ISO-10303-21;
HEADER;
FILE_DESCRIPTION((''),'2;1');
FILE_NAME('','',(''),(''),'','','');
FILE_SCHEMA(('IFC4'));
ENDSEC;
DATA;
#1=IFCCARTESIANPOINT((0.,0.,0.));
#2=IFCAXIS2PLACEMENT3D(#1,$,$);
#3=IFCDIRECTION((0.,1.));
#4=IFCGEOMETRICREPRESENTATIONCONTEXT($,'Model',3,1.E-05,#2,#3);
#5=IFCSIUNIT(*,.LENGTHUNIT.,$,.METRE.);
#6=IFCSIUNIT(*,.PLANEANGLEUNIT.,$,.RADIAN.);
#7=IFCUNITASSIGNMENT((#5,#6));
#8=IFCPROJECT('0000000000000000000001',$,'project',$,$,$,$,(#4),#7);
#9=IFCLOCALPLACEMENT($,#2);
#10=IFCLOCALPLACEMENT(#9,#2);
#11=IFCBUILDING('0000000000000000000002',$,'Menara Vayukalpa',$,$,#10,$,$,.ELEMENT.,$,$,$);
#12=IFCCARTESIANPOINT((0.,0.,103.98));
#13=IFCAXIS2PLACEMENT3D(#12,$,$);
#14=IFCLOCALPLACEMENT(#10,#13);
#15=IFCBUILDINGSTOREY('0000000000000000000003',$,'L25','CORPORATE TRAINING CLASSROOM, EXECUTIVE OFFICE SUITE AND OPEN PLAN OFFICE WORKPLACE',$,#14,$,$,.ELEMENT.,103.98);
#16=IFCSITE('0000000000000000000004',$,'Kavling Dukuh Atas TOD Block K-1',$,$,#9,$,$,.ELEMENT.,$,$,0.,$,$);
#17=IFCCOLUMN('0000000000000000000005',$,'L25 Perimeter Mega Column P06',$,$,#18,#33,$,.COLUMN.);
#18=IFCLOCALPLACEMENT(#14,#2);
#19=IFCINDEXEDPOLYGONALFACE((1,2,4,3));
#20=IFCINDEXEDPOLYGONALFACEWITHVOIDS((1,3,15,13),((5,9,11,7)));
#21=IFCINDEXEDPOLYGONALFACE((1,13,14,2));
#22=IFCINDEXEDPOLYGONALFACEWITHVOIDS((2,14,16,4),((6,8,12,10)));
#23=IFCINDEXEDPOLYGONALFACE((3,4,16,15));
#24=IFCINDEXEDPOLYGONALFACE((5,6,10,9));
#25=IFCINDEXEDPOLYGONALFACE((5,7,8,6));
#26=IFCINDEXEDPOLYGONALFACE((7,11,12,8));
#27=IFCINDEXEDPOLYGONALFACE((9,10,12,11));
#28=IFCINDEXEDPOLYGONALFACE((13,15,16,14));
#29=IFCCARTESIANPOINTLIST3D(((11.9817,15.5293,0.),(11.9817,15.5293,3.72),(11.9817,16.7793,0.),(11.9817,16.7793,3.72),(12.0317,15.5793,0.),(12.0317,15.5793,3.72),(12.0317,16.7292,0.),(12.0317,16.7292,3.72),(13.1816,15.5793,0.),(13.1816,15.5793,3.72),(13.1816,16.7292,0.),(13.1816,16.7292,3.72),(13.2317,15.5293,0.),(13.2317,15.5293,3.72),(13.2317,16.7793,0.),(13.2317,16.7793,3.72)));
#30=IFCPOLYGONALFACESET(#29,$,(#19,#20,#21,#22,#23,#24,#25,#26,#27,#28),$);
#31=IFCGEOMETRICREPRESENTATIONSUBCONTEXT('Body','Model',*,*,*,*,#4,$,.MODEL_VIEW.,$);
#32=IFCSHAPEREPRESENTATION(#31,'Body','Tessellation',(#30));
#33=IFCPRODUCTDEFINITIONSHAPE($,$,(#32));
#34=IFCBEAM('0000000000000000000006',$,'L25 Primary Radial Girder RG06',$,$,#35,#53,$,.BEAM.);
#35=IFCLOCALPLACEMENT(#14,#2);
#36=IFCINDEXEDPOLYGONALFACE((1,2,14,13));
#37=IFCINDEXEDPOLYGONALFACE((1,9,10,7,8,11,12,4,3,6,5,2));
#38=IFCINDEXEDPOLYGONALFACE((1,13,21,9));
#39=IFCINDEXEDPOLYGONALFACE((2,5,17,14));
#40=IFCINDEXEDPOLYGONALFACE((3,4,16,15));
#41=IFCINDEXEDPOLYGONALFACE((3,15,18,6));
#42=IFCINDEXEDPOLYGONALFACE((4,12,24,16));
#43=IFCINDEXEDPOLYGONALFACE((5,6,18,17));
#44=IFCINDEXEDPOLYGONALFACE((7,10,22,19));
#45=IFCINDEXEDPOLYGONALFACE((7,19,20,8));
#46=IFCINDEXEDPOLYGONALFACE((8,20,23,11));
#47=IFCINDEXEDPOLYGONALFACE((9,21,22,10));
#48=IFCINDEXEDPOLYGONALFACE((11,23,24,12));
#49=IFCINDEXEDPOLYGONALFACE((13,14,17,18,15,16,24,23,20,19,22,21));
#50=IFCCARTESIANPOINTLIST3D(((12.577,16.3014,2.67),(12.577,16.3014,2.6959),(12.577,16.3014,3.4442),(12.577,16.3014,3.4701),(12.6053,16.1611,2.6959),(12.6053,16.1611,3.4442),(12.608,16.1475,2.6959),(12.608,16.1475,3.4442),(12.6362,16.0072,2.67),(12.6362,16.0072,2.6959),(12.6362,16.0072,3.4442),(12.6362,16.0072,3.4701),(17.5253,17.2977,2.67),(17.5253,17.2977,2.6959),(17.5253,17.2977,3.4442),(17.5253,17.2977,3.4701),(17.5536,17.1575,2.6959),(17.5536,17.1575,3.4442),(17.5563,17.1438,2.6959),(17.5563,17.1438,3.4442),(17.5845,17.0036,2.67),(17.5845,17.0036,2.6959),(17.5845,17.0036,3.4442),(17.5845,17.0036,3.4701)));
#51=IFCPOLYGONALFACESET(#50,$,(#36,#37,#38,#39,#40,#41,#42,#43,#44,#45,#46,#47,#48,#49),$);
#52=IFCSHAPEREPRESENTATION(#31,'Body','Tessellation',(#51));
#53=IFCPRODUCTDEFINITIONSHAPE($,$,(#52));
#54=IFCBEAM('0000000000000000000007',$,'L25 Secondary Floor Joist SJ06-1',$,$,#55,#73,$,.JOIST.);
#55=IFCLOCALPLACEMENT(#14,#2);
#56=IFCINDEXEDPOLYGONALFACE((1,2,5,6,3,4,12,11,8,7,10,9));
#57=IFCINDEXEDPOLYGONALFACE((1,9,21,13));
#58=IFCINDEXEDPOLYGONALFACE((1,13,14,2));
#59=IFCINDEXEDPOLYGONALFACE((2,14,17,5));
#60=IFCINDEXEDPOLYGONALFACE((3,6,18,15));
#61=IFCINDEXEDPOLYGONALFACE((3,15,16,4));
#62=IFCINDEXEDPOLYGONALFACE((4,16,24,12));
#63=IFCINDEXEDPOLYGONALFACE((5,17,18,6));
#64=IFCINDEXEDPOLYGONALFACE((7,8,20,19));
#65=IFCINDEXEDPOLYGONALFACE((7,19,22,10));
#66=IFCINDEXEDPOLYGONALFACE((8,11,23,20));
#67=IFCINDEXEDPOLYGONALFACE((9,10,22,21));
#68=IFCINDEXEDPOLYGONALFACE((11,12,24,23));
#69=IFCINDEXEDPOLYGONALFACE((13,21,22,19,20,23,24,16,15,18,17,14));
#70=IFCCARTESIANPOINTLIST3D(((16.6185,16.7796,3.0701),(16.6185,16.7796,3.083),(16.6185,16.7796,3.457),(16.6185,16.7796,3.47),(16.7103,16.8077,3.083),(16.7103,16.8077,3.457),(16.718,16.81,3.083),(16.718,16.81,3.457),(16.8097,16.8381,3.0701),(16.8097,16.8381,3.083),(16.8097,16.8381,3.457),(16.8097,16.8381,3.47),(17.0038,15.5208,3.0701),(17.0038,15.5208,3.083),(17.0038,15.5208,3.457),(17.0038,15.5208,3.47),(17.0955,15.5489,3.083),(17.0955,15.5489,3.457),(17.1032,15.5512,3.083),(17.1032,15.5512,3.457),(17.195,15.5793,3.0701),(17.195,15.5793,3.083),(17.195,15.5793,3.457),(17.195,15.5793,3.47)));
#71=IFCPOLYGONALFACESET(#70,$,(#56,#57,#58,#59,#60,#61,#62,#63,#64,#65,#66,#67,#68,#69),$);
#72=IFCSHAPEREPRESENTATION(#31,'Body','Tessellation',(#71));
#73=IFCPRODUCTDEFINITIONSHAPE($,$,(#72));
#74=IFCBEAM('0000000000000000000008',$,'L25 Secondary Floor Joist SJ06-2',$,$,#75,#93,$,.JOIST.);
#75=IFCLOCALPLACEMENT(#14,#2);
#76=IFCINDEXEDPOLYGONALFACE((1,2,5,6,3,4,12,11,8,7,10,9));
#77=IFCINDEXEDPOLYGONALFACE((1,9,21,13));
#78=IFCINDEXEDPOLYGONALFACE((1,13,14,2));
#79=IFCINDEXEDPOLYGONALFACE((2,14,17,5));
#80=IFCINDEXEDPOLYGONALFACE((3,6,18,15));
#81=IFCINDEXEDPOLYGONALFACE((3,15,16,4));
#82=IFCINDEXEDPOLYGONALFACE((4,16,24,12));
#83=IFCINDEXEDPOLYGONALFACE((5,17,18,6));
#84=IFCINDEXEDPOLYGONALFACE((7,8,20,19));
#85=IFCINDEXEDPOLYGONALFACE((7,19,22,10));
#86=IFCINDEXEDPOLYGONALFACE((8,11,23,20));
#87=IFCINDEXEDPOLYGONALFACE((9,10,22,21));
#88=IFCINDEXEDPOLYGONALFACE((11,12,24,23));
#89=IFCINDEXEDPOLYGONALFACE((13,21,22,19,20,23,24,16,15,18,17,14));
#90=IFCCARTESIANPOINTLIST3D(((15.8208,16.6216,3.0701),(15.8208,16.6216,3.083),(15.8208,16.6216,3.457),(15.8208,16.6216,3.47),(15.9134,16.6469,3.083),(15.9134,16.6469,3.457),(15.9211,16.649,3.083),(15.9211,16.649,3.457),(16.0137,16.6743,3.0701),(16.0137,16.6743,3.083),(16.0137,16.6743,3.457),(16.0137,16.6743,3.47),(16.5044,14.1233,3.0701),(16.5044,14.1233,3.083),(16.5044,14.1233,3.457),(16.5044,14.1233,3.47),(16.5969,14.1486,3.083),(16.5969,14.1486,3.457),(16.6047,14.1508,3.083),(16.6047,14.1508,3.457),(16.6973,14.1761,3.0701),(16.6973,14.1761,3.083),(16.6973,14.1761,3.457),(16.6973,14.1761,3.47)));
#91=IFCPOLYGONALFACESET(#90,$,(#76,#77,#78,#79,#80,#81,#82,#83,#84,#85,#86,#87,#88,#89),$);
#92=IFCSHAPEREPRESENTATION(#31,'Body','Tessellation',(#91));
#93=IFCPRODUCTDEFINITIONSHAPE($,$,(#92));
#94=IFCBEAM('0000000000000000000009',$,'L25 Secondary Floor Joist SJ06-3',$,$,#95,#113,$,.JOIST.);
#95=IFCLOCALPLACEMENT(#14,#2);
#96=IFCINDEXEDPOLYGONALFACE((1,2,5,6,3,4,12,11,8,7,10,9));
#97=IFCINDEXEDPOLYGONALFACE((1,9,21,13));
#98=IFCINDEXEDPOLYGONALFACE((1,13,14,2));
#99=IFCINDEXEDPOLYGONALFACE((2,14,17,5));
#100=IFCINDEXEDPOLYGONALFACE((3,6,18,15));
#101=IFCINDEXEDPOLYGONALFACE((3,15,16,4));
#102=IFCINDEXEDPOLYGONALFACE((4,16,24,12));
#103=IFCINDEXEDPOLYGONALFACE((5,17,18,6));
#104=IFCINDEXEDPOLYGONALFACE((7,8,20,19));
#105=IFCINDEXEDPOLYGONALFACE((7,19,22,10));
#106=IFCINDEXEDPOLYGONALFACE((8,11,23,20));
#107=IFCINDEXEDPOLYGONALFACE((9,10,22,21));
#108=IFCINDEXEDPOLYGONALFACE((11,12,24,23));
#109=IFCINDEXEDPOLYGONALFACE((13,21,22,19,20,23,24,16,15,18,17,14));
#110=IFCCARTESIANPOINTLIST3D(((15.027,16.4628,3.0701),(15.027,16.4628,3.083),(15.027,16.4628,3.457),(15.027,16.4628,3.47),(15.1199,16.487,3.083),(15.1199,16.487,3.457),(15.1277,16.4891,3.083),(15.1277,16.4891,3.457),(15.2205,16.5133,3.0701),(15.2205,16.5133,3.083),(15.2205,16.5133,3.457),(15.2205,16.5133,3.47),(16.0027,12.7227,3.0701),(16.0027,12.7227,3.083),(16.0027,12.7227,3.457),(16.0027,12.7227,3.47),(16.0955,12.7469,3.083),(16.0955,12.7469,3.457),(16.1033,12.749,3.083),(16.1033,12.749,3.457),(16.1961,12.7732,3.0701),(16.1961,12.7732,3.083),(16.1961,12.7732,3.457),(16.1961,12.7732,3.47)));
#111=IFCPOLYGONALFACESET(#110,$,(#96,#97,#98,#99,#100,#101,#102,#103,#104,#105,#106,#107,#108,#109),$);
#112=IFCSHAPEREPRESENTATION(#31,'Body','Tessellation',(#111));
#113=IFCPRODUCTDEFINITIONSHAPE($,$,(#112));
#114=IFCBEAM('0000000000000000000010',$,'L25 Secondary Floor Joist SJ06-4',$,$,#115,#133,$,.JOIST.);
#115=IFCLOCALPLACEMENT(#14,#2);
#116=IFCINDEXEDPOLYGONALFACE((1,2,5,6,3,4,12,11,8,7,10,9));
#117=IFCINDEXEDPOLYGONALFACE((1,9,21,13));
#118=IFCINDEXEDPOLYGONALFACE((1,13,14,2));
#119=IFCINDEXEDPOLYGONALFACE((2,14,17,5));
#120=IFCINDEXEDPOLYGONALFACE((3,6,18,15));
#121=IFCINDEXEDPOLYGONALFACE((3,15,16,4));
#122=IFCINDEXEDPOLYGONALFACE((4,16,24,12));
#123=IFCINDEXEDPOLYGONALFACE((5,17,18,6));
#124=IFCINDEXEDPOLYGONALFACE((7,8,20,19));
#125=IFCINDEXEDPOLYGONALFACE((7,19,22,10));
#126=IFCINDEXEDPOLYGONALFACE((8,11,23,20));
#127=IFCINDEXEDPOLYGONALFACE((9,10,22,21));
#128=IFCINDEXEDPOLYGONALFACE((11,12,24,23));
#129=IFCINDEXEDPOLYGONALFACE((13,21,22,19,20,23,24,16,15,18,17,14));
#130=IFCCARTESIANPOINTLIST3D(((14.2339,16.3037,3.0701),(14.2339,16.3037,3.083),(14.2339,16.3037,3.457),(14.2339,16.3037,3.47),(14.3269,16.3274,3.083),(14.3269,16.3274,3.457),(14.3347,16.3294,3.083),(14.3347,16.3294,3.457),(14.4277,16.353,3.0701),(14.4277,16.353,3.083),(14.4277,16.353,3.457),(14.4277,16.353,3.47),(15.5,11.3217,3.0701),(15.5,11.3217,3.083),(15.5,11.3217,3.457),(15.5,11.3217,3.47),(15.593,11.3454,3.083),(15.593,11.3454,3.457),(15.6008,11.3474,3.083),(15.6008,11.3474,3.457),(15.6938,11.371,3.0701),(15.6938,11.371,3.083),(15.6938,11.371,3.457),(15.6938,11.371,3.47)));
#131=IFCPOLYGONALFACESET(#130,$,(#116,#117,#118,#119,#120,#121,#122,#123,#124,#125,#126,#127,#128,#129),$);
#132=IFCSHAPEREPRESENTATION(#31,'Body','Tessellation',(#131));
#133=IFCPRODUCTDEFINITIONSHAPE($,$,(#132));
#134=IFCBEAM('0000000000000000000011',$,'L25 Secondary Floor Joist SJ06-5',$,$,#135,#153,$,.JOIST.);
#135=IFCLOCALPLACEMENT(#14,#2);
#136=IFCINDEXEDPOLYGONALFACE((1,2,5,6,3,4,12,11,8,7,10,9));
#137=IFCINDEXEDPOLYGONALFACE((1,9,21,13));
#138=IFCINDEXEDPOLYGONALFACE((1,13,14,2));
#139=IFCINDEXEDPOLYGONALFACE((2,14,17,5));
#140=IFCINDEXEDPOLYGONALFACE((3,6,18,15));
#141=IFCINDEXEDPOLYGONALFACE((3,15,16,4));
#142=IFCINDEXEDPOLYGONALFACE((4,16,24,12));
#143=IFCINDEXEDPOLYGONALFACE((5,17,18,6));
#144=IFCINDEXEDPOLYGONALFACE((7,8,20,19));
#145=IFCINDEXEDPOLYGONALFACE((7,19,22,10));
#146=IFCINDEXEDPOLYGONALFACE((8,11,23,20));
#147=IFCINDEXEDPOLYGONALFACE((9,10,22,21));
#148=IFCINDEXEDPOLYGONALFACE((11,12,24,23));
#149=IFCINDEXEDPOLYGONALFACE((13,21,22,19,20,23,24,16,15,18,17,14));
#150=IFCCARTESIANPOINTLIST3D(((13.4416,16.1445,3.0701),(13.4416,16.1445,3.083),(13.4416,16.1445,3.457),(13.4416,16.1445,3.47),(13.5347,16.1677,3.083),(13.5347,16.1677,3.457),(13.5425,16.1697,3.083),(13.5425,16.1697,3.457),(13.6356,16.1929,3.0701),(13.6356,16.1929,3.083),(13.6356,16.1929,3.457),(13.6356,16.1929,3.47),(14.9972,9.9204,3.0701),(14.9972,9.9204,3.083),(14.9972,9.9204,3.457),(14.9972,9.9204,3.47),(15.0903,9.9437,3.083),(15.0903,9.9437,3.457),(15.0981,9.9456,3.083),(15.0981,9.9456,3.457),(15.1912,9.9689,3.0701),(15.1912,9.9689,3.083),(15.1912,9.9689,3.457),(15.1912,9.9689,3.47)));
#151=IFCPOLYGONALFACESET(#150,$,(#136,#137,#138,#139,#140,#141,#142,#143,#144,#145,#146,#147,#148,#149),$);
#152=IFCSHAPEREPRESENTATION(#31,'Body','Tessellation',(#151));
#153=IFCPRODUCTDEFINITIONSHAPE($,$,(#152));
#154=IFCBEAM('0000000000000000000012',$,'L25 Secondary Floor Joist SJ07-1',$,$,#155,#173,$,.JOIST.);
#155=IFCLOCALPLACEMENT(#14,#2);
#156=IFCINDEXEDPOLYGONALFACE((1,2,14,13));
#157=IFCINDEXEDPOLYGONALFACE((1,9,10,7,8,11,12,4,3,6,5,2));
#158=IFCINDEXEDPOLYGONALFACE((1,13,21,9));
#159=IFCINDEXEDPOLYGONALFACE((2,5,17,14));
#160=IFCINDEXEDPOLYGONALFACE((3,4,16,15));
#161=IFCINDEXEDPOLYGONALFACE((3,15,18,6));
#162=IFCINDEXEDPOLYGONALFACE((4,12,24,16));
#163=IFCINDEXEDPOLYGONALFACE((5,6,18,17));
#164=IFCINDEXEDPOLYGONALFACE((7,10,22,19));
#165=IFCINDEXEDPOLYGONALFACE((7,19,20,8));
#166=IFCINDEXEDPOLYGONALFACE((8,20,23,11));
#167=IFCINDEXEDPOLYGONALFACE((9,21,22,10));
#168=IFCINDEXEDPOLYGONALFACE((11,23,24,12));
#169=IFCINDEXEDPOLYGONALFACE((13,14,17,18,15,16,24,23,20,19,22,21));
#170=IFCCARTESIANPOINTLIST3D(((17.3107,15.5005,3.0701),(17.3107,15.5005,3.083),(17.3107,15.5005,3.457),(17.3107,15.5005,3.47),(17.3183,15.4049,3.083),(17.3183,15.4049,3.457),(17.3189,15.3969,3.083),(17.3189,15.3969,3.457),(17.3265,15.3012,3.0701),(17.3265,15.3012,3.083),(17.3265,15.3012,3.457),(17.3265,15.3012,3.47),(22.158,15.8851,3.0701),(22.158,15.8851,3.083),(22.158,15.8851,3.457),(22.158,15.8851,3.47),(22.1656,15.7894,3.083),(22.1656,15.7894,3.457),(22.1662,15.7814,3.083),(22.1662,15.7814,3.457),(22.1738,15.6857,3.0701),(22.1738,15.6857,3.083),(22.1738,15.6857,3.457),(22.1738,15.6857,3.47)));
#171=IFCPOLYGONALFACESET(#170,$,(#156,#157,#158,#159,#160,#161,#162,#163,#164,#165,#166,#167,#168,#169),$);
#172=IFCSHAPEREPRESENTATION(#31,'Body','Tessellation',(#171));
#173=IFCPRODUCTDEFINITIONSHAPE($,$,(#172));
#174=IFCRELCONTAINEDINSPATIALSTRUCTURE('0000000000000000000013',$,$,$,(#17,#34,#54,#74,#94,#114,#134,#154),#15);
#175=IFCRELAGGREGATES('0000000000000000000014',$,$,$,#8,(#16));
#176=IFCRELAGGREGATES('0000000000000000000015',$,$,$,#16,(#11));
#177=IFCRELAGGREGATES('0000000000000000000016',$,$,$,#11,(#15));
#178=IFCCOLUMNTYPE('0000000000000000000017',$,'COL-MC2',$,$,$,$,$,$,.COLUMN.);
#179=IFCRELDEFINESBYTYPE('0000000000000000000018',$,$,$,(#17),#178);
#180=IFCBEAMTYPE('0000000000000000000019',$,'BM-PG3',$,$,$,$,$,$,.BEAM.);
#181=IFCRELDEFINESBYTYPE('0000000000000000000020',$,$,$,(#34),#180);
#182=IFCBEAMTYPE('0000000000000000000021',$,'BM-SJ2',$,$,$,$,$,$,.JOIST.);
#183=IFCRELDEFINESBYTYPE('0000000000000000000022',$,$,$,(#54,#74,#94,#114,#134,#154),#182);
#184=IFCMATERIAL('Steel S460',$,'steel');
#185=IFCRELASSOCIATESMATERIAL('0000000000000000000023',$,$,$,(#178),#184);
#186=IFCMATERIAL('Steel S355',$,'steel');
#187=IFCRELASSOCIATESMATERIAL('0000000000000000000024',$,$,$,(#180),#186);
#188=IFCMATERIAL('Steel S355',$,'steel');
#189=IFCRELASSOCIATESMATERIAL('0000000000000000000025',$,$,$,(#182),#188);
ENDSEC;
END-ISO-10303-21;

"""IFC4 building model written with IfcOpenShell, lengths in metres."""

from ifc_helpers import new_model, si_unit, direction, frame, origin, origin_2d, place, context, subcontext, project, spatial, hollow_rectangle, i_section, extrude, material, material_profile, profile_set, type_object, element, save


model = new_model("IFC4")

# Units and contexts
model_context = context("Model", 3, precision=1e-05, world=origin(), true_north=direction((0.0, 1.0)))
body_context = subcontext(model_context, "Body", "Model", "MODEL_VIEW")
ifc_project = project(units=[si_unit("LENGTHUNIT", "METRE"), si_unit("PLANEANGLEUNIT", "RADIAN")], contexts=[model_context])

# Site, building, storey
site_placement = place(None, origin())
site = spatial("IfcSite", under=ifc_project, at=site_placement, Name="Kavling Dukuh Atas TOD Block K-1", CompositionType="ELEMENT", RefElevation=0.0)
building_placement = place(site_placement, origin())
building = spatial("IfcBuilding", under=site, at=building_placement, Name="Menara Vayukalpa", CompositionType="ELEMENT")
storey_placement = place(building_placement, frame((0.0, 0.0, 103.98)))
storey = spatial("IfcBuildingStorey", under=building, at=storey_placement, Name="L25", Description="CORPORATE TRAINING CLASSROOM, EXECUTIVE OFFICE SUITE AND OPEN PLAN OFFICE WORKPLACE", CompositionType="ELEMENT", Elevation=103.98)

# Column
ifc_material_1 = material(Name="Steel S460", Category="steel")
ifc_material_profile_1 = material_profile(ifc_material_1, hollow_rectangle(XDim=1.25, YDim=1.25, WallThickness=0.05, at=origin_2d()), Name="BOX 1250x1250x50")
ifc_profile_set_1 = profile_set([ifc_material_profile_1], Name="Steel S460")
column_type = type_object("IfcColumnType", Name="COL-MC2", PredefinedType="COLUMN", material=ifc_profile_set_1)
column_placement = place(storey_placement, frame((12.6067, 16.1543, 0.0), z_axis=(0.0, 0.0, 1.0), x_axis=(1.0, 0.0, 0.0)))
element("IfcColumn", 1, at=column_placement, inside=storey, type_object=column_type, Name="L25 Perimeter Mega Column P06", PredefinedType="COLUMN", context=body_context, shape_type="SweptSolid", body=[
    extrude(hollow_rectangle(XDim=1.25, YDim=1.25, WallThickness=0.05, at=origin_2d()), origin(), (0.0, 0.0, 1.0), 3.72),
])

# Beams
ifc_material_2 = material(Name="Steel S355", Category="steel")
ifc_material_profile_2 = material_profile(ifc_material_2, i_section(OverallWidth=0.3, OverallDepth=0.8, WebThickness=0.0139, FlangeThickness=0.0259, at=origin_2d()), Name="WF 800x300x14x26")
ifc_profile_set_2 = profile_set([ifc_material_profile_2], Name="Steel S355")
beam_type_1 = type_object("IfcBeamType", Name="BM-PG3", PredefinedType="BEAM", material=ifc_profile_set_2)
beam_1_placement = place(storey_placement, frame((17.5549, 17.1506, 3.0701), z_axis=(-0.980325, -0.19739, 0.0), x_axis=(0.19739, -0.980325, 0.0)))
element("IfcBeam", 2, at=beam_1_placement, inside=storey, type_object=beam_type_1, Name="L25 Primary Radial Girder RG06", PredefinedType="BEAM", context=body_context, shape_type="SweptSolid", body=[
    extrude(i_section(OverallWidth=0.3, OverallDepth=0.8, WebThickness=0.0139, FlangeThickness=0.0259, at=origin_2d()), origin(), (0.0, 0.0, 1.0), 5.0476),
])
ifc_material_3 = material(Name="Steel S355", Category="steel")
ifc_material_profile_3 = material_profile(ifc_material_3, i_section(OverallWidth=0.2, OverallDepth=0.3999, WebThickness=0.0081, FlangeThickness=0.0129, at=origin_2d()), Name="WF 400x200x8x13")
ifc_profile_set_3 = profile_set([ifc_material_profile_3], Name="Steel S355")
beam_type_2 = type_object("IfcBeamType", Name="BM-SJ2", PredefinedType="JOIST", material=ifc_profile_set_3)
beam_2_placement = place(storey_placement, frame((16.7141, 16.8088, 3.27), z_axis=(0.292652, -0.956219, 0.0), x_axis=(0.956219, 0.292652, 0.0)))
element("IfcBeam", 3, at=beam_2_placement, inside=storey, type_object=beam_type_2, Name="L25 Secondary Floor Joist SJ06-1", PredefinedType="JOIST", context=body_context, shape_type="SweptSolid", body=[
    extrude(i_section(OverallWidth=0.2, OverallDepth=0.3999, WebThickness=0.0081, FlangeThickness=0.0129, at=origin_2d()), origin(), (0.0, 0.0, 1.0), 1.3164),
])
beam_3_placement = place(storey_placement, frame((15.9172, 16.6479, 3.27), z_axis=(0.263923, -0.964544, 0.0), x_axis=(0.964544, 0.263923, 0.0)))
element("IfcBeam", 4, at=beam_3_placement, inside=storey, type_object=beam_type_2, Name="L25 Secondary Floor Joist SJ06-2", PredefinedType="JOIST", context=body_context, shape_type="SweptSolid", body=[
    extrude(i_section(OverallWidth=0.2, OverallDepth=0.3999, WebThickness=0.0081, FlangeThickness=0.0129, at=origin_2d()), origin(), (0.0, 0.0, 1.0), 2.5901),
])
beam_4_placement = place(storey_placement, frame((15.1238, 16.488, 3.27), z_axis=(0.252406, -0.967621, 0.0), x_axis=(0.967621, 0.252406, 0.0)))
element("IfcBeam", 5, at=beam_4_placement, inside=storey, type_object=beam_type_2, Name="L25 Secondary Floor Joist SJ06-3", PredefinedType="JOIST", context=body_context, shape_type="SweptSolid", body=[
    extrude(i_section(OverallWidth=0.2, OverallDepth=0.3999, WebThickness=0.0081, FlangeThickness=0.0129, at=origin_2d()), origin(), (0.0, 0.0, 1.0), 3.8652),
])
beam_5_placement = place(storey_placement, frame((14.3308, 16.3284, 3.27), z_axis=(0.246311, -0.969191, 0.0), x_axis=(0.969191, 0.246311, 0.0)))
element("IfcBeam", 6, at=beam_5_placement, inside=storey, type_object=beam_type_2, Name="L25 Secondary Floor Joist SJ06-4", PredefinedType="JOIST", context=body_context, shape_type="SweptSolid", body=[
    extrude(i_section(OverallWidth=0.2, OverallDepth=0.3999, WebThickness=0.0081, FlangeThickness=0.0129, at=origin_2d()), origin(), (0.0, 0.0, 1.0), 5.1404),
])
beam_6_placement = place(storey_placement, frame((13.5386, 16.1687, 3.27), z_axis=(0.242482, -0.970156, 0.0), x_axis=(0.970156, 0.242482, 0.0)))
element("IfcBeam", 7, at=beam_6_placement, inside=storey, type_object=beam_type_2, Name="L25 Secondary Floor Joist SJ06-5", PredefinedType="JOIST", context=body_context, shape_type="SweptSolid", body=[
    extrude(i_section(OverallWidth=0.2, OverallDepth=0.3999, WebThickness=0.0081, FlangeThickness=0.0129, at=origin_2d()), origin(), (0.0, 0.0, 1.0), 6.4155),
])
beam_7_placement = place(storey_placement, frame((17.3186, 15.4009, 3.27), z_axis=(0.996869, 0.079077, 0.0), x_axis=(-0.079077, 0.996869, 0.0)))
element("IfcBeam", 8, at=beam_7_placement, inside=storey, type_object=beam_type_2, Name="L25 Secondary Floor Joist SJ07-1", PredefinedType="JOIST", context=body_context, shape_type="SweptSolid", body=[
    extrude(i_section(OverallWidth=0.2, OverallDepth=0.3999, WebThickness=0.0081, FlangeThickness=0.0129, at=origin_2d()), origin(), (0.0, 0.0, 1.0), 4.8625),
])

save(model, "model.ifc")
